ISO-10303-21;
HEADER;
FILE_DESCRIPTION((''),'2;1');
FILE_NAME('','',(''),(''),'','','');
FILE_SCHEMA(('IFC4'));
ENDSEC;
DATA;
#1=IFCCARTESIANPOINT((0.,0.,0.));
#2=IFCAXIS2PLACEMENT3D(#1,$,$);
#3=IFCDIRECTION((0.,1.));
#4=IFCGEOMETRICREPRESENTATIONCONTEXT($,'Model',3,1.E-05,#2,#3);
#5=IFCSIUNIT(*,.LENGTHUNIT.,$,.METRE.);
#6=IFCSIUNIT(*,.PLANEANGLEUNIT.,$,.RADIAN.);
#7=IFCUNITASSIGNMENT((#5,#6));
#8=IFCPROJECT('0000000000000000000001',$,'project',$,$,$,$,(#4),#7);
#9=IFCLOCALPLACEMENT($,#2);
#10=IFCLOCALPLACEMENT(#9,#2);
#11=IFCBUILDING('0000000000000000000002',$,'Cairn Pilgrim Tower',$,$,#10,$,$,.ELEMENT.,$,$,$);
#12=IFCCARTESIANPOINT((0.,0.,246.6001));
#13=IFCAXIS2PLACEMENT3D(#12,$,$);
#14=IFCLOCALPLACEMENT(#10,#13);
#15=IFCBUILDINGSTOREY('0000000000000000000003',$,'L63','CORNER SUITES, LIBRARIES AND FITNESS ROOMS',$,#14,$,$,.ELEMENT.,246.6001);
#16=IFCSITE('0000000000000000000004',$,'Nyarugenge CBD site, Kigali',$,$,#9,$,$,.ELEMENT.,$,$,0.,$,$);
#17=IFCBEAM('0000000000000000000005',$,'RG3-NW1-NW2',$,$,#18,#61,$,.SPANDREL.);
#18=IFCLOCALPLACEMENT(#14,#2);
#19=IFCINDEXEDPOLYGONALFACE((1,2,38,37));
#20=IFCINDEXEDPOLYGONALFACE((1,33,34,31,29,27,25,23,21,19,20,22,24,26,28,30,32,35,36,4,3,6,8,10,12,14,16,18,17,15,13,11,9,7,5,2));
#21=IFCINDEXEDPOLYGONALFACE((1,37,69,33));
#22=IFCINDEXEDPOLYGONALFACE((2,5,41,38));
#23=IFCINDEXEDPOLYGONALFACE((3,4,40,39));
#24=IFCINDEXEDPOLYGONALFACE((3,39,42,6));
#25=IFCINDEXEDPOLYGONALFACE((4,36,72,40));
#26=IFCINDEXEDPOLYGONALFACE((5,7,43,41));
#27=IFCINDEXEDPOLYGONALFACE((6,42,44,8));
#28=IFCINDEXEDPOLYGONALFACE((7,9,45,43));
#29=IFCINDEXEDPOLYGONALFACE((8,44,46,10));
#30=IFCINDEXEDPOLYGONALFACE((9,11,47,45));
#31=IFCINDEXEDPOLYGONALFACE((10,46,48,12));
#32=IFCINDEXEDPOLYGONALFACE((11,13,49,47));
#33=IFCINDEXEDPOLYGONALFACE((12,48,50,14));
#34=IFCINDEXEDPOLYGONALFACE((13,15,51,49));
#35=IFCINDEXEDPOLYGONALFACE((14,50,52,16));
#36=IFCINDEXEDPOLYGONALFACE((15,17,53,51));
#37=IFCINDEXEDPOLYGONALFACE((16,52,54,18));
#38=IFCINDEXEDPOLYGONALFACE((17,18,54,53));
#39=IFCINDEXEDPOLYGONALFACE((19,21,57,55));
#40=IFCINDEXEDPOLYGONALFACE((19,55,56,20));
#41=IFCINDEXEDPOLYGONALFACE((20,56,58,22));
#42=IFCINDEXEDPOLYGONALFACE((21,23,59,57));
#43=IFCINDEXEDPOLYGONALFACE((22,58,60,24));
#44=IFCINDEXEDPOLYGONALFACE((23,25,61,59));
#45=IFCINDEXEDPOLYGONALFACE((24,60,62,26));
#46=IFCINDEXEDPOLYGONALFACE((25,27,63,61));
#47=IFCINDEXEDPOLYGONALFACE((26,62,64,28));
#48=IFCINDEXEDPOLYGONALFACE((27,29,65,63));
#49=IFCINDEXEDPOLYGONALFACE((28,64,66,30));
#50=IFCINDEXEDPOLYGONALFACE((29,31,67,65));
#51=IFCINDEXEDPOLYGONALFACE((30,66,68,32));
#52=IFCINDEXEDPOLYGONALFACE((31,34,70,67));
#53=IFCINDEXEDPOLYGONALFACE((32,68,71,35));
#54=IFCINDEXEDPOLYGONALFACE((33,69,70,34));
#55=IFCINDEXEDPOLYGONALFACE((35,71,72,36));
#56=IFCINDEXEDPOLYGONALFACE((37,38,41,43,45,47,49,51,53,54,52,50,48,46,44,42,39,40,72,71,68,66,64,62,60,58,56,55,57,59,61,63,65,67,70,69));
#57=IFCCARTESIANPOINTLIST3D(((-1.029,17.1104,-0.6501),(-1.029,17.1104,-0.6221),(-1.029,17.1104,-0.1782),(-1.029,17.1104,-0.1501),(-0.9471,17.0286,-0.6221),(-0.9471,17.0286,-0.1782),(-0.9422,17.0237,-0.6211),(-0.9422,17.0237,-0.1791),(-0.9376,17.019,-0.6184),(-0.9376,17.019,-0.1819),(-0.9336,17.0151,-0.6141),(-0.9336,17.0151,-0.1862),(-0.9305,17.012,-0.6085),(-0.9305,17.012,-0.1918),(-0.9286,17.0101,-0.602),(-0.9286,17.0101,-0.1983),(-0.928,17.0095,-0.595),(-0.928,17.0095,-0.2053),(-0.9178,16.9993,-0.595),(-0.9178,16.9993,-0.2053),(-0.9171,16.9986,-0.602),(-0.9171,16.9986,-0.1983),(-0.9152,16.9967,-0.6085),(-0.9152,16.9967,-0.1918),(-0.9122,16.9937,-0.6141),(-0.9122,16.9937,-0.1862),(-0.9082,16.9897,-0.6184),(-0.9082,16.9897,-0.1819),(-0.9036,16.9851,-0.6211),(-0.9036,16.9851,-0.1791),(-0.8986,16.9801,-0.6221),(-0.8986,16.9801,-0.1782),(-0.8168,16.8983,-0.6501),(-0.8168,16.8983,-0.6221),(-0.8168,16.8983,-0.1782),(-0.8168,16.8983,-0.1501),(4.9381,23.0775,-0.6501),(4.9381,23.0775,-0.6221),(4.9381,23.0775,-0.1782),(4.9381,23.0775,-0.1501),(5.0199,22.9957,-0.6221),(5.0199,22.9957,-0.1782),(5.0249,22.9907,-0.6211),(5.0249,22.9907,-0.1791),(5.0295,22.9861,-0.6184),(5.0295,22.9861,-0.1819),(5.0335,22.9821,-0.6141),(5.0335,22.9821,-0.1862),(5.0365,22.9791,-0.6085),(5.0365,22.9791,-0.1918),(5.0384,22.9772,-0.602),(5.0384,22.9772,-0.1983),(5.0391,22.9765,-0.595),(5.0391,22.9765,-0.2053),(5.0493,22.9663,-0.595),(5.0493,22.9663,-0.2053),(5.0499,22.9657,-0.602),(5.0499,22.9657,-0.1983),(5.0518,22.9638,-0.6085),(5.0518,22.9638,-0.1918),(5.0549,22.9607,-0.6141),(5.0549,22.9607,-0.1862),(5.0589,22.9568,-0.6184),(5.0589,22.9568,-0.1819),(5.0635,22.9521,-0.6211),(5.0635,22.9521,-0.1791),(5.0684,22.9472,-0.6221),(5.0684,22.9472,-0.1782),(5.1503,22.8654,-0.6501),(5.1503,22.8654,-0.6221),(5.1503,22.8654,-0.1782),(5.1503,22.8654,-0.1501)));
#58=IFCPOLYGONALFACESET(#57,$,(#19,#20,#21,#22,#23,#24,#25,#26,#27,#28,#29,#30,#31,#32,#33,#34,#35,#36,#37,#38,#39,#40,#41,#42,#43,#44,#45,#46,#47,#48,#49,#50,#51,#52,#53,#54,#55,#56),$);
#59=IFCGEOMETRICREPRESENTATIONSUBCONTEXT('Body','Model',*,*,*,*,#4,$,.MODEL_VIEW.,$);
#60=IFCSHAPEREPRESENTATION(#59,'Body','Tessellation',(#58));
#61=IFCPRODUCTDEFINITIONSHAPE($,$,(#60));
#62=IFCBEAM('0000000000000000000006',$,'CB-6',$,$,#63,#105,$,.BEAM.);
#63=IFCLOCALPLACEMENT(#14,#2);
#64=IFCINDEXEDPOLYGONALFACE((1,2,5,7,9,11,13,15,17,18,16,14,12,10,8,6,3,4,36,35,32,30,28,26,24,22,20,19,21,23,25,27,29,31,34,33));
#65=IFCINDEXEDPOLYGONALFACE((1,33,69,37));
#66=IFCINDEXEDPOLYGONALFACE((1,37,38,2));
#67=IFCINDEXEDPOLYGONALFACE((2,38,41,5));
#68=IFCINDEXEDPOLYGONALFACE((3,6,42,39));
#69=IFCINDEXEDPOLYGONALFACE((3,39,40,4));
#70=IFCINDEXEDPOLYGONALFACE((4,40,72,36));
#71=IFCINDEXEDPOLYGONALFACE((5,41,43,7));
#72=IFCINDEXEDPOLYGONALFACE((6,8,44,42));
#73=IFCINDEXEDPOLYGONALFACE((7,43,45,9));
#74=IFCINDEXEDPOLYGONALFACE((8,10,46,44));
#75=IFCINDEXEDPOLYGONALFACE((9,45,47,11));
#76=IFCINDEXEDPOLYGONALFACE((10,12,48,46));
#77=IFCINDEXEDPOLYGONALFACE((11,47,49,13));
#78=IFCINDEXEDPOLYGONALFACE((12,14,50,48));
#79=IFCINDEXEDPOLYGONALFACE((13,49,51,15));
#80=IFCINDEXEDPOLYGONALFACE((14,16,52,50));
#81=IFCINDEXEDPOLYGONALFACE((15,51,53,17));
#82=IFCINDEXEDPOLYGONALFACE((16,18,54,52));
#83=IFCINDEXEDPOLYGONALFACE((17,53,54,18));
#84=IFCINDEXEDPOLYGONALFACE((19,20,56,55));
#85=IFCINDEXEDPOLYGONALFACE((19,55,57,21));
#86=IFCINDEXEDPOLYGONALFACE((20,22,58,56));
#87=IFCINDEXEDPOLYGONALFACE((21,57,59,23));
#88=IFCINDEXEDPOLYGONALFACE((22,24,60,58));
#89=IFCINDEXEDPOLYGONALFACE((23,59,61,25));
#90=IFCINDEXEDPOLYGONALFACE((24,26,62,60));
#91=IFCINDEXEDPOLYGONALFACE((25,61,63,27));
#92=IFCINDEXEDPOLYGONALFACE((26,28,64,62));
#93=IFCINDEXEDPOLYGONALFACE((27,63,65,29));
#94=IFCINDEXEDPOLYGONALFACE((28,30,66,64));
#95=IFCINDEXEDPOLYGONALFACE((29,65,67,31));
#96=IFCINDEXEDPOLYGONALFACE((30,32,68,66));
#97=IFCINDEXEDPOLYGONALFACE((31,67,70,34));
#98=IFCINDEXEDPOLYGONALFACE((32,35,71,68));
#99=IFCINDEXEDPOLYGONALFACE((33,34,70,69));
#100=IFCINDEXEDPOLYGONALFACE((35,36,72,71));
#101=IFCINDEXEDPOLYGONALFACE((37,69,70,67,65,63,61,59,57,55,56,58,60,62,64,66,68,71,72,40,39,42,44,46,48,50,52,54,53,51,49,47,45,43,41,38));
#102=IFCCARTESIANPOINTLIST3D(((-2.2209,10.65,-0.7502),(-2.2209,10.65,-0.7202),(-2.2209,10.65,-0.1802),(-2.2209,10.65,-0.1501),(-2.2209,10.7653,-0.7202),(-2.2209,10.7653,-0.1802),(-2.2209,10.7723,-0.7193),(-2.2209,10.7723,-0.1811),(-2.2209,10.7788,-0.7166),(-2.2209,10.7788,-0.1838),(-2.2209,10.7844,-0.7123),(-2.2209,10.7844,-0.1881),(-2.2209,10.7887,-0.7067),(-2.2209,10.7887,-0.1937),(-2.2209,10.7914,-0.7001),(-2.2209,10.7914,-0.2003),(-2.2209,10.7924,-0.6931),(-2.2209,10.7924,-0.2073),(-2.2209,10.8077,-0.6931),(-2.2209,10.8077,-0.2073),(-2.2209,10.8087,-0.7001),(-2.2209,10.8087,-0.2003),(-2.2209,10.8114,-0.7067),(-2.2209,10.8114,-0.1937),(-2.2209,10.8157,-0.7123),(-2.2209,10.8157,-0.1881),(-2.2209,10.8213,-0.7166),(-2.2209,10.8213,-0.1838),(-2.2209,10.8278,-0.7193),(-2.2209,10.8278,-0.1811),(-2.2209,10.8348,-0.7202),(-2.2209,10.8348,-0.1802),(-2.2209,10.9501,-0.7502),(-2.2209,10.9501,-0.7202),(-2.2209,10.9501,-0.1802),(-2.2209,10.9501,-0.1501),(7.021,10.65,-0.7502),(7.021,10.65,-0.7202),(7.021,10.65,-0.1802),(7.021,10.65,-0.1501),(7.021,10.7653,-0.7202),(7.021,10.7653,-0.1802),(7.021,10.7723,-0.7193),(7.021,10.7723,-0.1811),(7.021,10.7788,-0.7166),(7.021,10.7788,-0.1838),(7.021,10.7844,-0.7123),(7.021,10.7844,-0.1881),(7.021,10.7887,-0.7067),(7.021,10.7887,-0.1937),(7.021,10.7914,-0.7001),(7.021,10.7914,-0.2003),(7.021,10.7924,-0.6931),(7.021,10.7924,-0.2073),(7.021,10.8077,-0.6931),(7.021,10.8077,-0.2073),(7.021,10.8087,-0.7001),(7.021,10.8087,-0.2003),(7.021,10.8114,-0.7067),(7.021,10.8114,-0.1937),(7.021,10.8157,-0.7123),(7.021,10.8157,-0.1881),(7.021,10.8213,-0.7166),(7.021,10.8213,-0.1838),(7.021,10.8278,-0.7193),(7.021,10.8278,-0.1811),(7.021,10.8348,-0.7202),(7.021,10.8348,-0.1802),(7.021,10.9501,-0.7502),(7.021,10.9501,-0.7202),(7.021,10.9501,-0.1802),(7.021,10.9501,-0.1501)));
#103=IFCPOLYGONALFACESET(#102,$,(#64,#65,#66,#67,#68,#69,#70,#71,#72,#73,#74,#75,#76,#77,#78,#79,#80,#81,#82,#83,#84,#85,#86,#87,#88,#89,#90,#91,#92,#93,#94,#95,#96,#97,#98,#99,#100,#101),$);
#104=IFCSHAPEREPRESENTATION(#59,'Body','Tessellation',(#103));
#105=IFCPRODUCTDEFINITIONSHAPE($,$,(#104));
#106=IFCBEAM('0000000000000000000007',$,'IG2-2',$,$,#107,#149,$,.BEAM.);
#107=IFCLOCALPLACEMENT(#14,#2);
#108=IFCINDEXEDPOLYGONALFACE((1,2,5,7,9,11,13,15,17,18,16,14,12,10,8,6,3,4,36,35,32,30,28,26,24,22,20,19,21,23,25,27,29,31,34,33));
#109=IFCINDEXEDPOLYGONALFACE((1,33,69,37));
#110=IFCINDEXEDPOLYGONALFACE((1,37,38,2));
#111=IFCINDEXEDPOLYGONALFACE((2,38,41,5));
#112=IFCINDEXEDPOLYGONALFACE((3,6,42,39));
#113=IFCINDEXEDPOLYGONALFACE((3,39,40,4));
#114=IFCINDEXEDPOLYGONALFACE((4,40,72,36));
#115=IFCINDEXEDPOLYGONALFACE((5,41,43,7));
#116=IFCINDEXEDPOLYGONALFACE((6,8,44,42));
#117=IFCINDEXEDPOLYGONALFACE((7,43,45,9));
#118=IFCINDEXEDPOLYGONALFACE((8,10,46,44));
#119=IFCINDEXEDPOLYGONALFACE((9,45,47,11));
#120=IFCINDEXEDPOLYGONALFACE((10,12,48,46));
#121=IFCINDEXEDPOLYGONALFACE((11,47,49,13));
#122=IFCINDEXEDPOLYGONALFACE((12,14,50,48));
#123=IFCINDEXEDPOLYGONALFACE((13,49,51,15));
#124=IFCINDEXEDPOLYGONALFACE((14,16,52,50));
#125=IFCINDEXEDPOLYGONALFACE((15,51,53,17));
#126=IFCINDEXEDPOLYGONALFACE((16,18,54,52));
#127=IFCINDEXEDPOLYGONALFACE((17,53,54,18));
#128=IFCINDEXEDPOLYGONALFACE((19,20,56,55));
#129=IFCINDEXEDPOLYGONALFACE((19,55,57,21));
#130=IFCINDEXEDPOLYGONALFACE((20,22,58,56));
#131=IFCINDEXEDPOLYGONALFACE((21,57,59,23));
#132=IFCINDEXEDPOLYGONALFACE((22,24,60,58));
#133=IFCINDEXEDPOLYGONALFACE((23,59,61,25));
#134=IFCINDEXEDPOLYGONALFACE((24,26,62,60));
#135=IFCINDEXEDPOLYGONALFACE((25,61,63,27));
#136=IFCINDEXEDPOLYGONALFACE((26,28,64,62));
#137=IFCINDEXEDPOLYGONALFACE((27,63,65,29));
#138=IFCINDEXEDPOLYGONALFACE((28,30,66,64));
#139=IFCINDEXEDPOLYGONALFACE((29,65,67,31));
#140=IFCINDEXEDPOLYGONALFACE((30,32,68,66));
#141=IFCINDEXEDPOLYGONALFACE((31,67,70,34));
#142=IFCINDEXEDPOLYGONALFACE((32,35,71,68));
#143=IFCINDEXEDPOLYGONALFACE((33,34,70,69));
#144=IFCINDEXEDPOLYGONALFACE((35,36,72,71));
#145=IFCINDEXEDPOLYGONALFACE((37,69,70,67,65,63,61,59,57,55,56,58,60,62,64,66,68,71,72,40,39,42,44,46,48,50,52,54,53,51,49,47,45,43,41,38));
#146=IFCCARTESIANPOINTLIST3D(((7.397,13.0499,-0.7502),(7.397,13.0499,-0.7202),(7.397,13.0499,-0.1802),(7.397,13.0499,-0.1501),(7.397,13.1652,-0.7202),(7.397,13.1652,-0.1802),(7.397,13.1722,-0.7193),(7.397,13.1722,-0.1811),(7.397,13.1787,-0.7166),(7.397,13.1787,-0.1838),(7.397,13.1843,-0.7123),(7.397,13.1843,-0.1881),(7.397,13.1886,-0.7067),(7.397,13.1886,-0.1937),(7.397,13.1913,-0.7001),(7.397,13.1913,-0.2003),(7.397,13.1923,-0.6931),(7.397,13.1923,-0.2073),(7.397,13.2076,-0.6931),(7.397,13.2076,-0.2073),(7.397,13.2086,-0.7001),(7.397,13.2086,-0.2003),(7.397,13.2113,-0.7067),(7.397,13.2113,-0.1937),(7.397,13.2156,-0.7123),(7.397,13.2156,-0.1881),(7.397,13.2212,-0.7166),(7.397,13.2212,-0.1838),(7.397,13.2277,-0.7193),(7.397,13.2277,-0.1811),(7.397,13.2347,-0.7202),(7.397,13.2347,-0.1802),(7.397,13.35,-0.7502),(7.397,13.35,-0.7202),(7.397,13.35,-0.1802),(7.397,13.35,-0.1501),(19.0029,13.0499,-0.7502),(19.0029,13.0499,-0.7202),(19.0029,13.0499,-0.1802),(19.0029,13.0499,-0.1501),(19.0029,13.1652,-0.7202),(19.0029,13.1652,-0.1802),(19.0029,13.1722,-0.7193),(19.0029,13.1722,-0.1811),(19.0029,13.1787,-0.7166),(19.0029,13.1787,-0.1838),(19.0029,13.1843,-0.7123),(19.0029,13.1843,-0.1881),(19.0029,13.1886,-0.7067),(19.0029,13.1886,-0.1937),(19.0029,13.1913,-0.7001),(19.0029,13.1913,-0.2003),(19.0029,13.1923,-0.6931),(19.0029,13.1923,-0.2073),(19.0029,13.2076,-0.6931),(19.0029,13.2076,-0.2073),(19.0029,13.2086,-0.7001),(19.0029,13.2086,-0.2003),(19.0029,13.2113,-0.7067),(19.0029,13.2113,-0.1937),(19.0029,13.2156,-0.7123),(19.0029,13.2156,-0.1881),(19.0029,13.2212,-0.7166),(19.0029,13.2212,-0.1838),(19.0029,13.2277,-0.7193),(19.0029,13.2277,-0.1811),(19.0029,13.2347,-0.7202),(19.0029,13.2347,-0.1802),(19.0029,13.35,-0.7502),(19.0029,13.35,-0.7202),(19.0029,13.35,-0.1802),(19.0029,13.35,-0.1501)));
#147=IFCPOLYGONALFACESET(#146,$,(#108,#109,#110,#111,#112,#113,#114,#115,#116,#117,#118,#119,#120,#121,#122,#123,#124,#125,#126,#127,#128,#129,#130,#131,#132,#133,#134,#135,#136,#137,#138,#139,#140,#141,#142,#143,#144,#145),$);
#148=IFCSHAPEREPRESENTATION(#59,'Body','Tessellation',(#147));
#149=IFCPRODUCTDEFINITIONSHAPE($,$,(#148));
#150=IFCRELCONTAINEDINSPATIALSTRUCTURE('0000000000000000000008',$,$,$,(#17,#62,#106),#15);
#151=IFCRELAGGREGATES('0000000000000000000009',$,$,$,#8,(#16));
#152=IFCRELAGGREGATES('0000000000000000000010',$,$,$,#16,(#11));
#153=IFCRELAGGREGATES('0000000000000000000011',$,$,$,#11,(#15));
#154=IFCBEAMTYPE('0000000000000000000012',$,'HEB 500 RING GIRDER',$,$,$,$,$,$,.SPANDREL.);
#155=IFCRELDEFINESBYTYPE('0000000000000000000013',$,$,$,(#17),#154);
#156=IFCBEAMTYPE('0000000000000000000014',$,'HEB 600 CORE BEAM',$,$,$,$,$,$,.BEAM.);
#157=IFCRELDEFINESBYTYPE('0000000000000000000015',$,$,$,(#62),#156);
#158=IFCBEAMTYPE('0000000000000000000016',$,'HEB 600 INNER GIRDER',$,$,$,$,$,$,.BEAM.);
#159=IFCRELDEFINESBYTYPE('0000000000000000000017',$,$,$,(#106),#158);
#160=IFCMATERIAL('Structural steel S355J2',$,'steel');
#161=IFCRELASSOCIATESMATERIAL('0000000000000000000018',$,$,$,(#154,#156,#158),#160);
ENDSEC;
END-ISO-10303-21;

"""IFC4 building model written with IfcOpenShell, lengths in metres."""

from ifc_helpers import new_model, si_unit, direction, frame, origin, origin_2d, place, context, subcontext, project, spatial, i_section, extrude, material, material_profile, profile_set, type_object, element, save


model = new_model("IFC4")

# Units and contexts
model_context = context("Model", 3, precision=1e-05, world=origin(), true_north=direction((0.0, 1.0)))
body_context = subcontext(model_context, "Body", "Model", "MODEL_VIEW")
ifc_project = project(units=[si_unit("LENGTHUNIT", "METRE"), si_unit("PLANEANGLEUNIT", "RADIAN")], contexts=[model_context])

# Site, building, storey
site_placement = place(None, origin())
site = spatial("IfcSite", under=ifc_project, at=site_placement, Name="Nyarugenge CBD site, Kigali", CompositionType="ELEMENT", RefElevation=0.0)
building_placement = place(site_placement, origin())
building = spatial("IfcBuilding", under=site, at=building_placement, Name="Cairn Pilgrim Tower", CompositionType="ELEMENT")
storey_placement = place(building_placement, frame((0.0, 0.0, 246.6001)))
storey = spatial("IfcBuildingStorey", under=building, at=storey_placement, Name="L63", Description="CORNER SUITES, LIBRARIES AND FITNESS ROOMS", CompositionType="ELEMENT", Elevation=246.6001)

# Shared definitions
ifc_material_1 = material(Name="Structural steel S355J2", Category="steel")

# Beams
ifc_material_profile_1 = material_profile(ifc_material_1, i_section(OverallWidth=0.3, OverallDepth=0.5, WebThickness=0.0144, FlangeThickness=0.0281, FilletRadius=0.0271, at=origin_2d()), Name="HEB 500")
ifc_profile_set_1 = profile_set([ifc_material_profile_1], Name="Structural steel S355J2")
beam_type_1 = type_object("IfcBeamType", Name="HEB 500 RING GIRDER", PredefinedType="SPANDREL", material=ifc_profile_set_1)
beam_1_placement = place(storey_placement, frame((5.0442, 22.9714, -0.4001), z_axis=(-0.707107, -0.707107, 0.0), x_axis=(0.707107, -0.707107, 0.0)))
element("IfcBeam", 1, at=beam_1_placement, inside=storey, type_object=beam_type_1, Name="RG3-NW1-NW2", PredefinedType="SPANDREL", context=body_context, shape_type="SweptSolid", body=[
    extrude(i_section(OverallWidth=0.3, OverallDepth=0.5, WebThickness=0.0144, FlangeThickness=0.0281, FilletRadius=0.0271, at=origin_2d()), origin(), (0.0, 0.0, 1.0), 8.4387),
])
ifc_material_profile_2 = material_profile(ifc_material_1, i_section(OverallWidth=0.3, OverallDepth=0.6001, WebThickness=0.0154, FlangeThickness=0.03, FilletRadius=0.0271, at=origin_2d()), Name="HEB 600")
ifc_profile_set_2 = profile_set([ifc_material_profile_2], Name="Structural steel S355J2")
beam_type_2 = type_object("IfcBeamType", Name="HEB 600 CORE BEAM", PredefinedType="BEAM", material=ifc_profile_set_2)
beam_2_placement = place(storey_placement, frame((7.021, 10.8, -0.4502), z_axis=(-1.0, 0.0, 0.0), x_axis=(0.0, -1.0, 0.0)))
element("IfcBeam", 2, at=beam_2_placement, inside=storey, type_object=beam_type_2, Name="CB-6", PredefinedType="BEAM", context=body_context, shape_type="SweptSolid", body=[
    extrude(i_section(OverallWidth=0.3, OverallDepth=0.6001, WebThickness=0.0154, FlangeThickness=0.03, FilletRadius=0.0271, at=origin_2d()), origin(), (0.0, 0.0, 1.0), 9.2419),
])
ifc_material_profile_3 = material_profile(ifc_material_1, i_section(OverallWidth=0.3, OverallDepth=0.6001, WebThickness=0.0154, FlangeThickness=0.03, FilletRadius=0.0271, at=origin_2d()), Name="HEB 600")
ifc_profile_set_3 = profile_set([ifc_material_profile_3], Name="Structural steel S355J2")
beam_type_3 = type_object("IfcBeamType", Name="HEB 600 INNER GIRDER", PredefinedType="BEAM", material=ifc_profile_set_3)
beam_3_placement = place(storey_placement, frame((7.397, 13.2, -0.4502), z_axis=(1.0, 0.0, 0.0), x_axis=(0.0, 1.0, 0.0)))
element("IfcBeam", 3, at=beam_3_placement, inside=storey, type_object=beam_type_3, Name="IG2-2", PredefinedType="BEAM", context=body_context, shape_type="SweptSolid", body=[
    extrude(i_section(OverallWidth=0.3, OverallDepth=0.6001, WebThickness=0.0154, FlangeThickness=0.03, FilletRadius=0.0271, at=origin_2d()), origin(), (0.0, 0.0, 1.0), 11.606),
])

save(model, "model.ifc")
